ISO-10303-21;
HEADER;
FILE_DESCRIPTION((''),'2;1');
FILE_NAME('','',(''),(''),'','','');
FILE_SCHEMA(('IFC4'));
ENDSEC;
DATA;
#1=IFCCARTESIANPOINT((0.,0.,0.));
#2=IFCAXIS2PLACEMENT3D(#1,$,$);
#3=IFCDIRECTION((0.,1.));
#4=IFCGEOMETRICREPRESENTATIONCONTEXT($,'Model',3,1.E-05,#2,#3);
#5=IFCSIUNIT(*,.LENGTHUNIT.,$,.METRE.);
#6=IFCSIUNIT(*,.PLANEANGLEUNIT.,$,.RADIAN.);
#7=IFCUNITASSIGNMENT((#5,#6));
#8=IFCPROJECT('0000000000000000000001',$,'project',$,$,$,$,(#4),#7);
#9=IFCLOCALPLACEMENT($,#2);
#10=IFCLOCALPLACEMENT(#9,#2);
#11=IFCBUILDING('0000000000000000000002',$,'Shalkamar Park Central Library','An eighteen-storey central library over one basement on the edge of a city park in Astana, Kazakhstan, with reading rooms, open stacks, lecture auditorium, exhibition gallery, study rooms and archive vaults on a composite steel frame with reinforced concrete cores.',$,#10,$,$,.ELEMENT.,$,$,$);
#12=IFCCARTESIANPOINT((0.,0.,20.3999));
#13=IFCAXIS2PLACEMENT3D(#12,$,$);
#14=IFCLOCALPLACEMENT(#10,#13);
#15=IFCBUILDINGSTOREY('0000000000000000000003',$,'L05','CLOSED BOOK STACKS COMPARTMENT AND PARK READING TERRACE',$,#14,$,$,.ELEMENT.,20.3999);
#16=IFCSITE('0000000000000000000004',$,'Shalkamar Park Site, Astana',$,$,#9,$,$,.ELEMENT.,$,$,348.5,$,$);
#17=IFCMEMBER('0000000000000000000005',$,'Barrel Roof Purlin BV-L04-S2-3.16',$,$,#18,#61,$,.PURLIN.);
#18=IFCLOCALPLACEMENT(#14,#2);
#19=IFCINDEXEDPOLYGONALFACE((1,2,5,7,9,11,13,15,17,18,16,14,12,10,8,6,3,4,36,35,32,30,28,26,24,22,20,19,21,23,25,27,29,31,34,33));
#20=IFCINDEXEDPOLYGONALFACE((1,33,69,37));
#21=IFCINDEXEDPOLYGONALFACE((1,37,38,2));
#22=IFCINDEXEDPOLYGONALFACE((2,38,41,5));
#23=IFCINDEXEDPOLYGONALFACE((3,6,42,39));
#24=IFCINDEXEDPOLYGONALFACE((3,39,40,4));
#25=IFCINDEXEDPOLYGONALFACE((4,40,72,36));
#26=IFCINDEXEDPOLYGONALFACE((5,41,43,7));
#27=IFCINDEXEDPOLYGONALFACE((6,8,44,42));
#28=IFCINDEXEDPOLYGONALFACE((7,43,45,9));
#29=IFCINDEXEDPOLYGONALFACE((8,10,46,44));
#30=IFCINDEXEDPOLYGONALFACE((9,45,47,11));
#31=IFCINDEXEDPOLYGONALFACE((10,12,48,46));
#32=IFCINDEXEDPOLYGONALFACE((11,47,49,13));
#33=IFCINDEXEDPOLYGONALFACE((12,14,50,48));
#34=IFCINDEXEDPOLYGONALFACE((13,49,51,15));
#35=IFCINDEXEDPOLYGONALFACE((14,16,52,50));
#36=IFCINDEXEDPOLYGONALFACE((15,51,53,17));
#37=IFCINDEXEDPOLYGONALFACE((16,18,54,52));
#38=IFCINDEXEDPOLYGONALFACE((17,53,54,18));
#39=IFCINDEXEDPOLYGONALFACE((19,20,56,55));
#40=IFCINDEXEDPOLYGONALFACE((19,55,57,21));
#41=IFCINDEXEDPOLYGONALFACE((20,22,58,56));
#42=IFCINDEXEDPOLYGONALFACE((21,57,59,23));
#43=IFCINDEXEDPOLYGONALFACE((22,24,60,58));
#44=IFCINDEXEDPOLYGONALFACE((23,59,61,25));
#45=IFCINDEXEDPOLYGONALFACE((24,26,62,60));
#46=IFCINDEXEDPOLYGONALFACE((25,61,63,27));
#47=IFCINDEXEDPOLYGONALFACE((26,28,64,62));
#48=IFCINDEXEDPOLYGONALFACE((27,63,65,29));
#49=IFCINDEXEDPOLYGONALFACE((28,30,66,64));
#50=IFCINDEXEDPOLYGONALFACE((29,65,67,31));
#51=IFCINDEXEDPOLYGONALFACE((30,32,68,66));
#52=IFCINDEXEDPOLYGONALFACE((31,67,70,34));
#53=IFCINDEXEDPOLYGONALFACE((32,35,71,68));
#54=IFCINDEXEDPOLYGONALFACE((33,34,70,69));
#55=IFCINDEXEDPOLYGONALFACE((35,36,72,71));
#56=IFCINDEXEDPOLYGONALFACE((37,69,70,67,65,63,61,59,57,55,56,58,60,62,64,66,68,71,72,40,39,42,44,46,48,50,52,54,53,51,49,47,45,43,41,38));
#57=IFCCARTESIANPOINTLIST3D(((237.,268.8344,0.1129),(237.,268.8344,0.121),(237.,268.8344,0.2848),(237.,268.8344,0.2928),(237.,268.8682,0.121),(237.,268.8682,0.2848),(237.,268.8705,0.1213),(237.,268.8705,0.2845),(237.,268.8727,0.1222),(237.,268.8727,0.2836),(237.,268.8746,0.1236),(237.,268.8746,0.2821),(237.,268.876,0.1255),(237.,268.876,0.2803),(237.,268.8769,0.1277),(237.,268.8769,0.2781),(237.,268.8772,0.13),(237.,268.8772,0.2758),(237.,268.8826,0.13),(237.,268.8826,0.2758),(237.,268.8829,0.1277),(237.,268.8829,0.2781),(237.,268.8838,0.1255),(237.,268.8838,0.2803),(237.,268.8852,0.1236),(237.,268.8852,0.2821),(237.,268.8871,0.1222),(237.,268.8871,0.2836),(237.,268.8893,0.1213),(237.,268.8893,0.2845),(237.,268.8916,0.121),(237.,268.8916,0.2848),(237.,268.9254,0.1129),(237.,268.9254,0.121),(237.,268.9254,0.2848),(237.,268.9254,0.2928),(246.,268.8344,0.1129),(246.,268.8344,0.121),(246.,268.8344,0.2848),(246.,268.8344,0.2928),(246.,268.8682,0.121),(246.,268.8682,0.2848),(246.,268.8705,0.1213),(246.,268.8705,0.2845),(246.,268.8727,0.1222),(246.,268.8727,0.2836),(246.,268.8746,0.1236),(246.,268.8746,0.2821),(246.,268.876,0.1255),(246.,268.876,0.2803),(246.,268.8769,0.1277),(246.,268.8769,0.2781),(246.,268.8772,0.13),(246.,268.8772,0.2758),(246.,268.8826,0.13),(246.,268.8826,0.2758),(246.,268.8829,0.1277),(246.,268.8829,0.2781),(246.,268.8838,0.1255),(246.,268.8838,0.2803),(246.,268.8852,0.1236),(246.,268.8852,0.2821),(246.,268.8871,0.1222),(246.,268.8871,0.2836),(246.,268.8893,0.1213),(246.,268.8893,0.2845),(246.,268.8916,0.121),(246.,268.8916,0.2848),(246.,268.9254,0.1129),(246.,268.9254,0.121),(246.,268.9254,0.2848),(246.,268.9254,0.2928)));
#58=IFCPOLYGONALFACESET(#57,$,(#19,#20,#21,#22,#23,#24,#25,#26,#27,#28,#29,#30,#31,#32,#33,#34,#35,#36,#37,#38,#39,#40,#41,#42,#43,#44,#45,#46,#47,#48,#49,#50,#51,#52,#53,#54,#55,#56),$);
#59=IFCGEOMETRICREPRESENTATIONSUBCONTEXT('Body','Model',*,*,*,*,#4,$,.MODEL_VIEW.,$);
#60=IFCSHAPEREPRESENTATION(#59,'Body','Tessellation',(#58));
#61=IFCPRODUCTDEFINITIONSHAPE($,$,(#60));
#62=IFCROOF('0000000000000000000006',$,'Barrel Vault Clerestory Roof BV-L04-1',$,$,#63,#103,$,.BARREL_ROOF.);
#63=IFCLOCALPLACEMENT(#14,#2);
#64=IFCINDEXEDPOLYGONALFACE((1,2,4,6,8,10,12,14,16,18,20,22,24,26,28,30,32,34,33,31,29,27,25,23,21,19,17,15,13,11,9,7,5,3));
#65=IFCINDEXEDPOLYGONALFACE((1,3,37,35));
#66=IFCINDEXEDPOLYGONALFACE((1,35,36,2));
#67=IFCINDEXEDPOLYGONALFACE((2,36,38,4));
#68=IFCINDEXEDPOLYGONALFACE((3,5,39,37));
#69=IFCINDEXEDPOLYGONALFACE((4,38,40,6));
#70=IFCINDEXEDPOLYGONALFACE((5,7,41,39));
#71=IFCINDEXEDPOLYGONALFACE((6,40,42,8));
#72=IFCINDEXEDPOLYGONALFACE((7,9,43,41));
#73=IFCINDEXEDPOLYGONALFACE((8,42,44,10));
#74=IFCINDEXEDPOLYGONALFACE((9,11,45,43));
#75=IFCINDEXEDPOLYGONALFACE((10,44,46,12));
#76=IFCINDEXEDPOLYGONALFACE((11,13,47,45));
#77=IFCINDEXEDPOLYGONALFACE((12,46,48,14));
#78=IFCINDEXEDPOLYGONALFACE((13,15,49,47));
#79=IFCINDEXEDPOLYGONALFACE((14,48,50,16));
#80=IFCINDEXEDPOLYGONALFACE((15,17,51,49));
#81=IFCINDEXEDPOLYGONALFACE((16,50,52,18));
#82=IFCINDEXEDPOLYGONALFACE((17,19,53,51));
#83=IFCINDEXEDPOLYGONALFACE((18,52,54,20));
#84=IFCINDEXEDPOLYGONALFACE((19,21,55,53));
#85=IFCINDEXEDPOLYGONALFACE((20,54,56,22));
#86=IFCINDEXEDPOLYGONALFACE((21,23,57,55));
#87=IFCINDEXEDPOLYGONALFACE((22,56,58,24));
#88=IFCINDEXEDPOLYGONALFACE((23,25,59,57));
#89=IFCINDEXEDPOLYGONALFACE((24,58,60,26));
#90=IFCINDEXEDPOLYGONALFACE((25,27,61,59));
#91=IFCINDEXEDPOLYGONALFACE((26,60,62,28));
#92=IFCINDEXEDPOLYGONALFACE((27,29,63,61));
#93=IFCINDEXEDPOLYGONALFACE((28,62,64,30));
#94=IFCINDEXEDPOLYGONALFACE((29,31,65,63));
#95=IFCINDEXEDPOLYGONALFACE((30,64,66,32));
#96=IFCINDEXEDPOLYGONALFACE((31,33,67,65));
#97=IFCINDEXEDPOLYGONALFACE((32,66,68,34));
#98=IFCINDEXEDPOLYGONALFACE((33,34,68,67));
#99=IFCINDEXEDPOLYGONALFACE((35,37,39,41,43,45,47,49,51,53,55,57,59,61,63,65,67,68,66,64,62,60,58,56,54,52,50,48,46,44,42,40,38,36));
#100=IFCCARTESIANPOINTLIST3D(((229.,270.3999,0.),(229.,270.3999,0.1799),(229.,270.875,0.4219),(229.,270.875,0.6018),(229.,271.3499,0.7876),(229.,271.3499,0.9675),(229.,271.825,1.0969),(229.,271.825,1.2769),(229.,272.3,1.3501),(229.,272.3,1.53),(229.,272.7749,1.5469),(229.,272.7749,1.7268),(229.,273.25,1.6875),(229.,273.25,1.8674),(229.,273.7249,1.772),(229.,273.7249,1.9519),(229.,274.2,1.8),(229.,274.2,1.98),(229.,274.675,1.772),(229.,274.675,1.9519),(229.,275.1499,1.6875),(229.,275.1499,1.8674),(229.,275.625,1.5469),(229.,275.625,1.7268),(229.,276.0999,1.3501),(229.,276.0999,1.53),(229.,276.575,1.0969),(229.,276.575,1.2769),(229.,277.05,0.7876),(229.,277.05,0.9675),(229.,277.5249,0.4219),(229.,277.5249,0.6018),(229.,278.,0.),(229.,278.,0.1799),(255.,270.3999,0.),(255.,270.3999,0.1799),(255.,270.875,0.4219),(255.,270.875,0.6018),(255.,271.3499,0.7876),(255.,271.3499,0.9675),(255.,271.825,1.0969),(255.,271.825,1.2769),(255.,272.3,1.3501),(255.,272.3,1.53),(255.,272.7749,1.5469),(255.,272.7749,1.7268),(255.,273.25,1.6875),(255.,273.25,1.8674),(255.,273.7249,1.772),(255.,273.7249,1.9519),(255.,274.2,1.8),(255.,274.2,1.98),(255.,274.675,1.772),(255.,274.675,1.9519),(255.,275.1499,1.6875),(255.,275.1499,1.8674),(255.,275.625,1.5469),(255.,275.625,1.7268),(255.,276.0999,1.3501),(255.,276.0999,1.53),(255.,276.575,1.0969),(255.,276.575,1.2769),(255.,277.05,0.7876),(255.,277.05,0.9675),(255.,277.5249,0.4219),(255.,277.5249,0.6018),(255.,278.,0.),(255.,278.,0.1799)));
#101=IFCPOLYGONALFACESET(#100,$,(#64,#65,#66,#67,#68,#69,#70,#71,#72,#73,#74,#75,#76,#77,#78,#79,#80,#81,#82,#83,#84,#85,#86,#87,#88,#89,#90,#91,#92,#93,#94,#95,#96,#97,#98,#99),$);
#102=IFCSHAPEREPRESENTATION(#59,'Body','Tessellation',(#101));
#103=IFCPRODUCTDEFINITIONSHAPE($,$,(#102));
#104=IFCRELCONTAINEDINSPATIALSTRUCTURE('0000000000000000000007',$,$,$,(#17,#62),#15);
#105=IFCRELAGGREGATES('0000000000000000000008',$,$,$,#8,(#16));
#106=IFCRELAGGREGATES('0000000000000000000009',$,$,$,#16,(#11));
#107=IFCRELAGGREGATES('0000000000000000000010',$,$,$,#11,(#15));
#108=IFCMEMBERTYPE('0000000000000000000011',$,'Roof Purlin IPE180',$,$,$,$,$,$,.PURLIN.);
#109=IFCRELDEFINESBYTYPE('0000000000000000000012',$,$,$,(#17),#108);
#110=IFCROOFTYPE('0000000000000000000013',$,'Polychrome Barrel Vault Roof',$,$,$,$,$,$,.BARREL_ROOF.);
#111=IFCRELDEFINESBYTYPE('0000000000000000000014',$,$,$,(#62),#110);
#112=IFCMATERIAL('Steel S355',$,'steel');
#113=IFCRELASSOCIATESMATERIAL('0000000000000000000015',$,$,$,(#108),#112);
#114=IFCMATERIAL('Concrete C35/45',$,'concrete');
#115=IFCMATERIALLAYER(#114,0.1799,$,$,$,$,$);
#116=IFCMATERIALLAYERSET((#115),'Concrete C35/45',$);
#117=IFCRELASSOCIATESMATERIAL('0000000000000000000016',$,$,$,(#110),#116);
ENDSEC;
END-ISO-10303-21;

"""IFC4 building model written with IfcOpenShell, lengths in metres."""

from ifc_helpers import new_model, si_unit, direction, frame, origin, origin_2d, place, context, subcontext, project, spatial, polyline, i_section, outline, extrude, material, layer, layer_set, material_profile, profile_set, type_object, element, save


model = new_model("IFC4")

# Units and contexts
model_context = context("Model", 3, precision=1e-05, world=origin(), true_north=direction((0.0, 1.0)))
body_context = subcontext(model_context, "Body", "Model", "MODEL_VIEW")
ifc_project = project(units=[si_unit("LENGTHUNIT", "METRE"), si_unit("PLANEANGLEUNIT", "RADIAN")], contexts=[model_context])

# Site, building, storey
site_placement = place(None, origin())
site = spatial("IfcSite", under=ifc_project, at=site_placement, Name="Shalkamar Park Site, Astana", CompositionType="ELEMENT", RefElevation=348.5)
building_placement = place(site_placement, origin())
building = spatial("IfcBuilding", under=site, at=building_placement, Name="Shalkamar Park Central Library", Description="An eighteen-storey central library over one basement on the edge of a city park in Astana, Kazakhstan, with reading rooms, open stacks, lecture auditorium, exhibition gallery, study rooms and archive vaults on a composite steel frame with reinforced concrete cores.", CompositionType="ELEMENT")
storey_placement = place(building_placement, frame((0.0, 0.0, 20.3999)))
storey = spatial("IfcBuildingStorey", under=building, at=storey_placement, Name="L05", Description="CLOSED BOOK STACKS COMPARTMENT AND PARK READING TERRACE", CompositionType="ELEMENT", Elevation=20.3999)

# Member
ifc_material_1 = material(Name="Steel S355", Category="steel")
ifc_material_profile_1 = material_profile(ifc_material_1, i_section(OverallWidth=0.0911, OverallDepth=0.1799, WebThickness=0.0054, FlangeThickness=0.0081, FilletRadius=0.009, at=origin_2d()), Name="IPE 180")
ifc_profile_set_1 = profile_set([ifc_material_profile_1], Name="Steel S355")
member_type_1 = type_object("IfcMemberType", Name="Roof Purlin IPE180", PredefinedType="PURLIN", material=ifc_profile_set_1)
for number, where, z_axis, x_axis, name in (
    (1, (237.0, 268.8799, 0.2029), (1.0, 0.0, 0.0), (0.0, 1.0, 0.0), "Barrel Roof Purlin BV-L04-S2-3.16"),
):
    element("IfcMember", number, at=place(storey_placement, frame(where, z_axis=z_axis, x_axis=x_axis)), inside=storey, type_object=member_type_1, Name=name, PredefinedType="PURLIN", context=body_context, shape_type="SweptSolid", body=[
        extrude(i_section(OverallWidth=0.0911, OverallDepth=0.1799, WebThickness=0.0054, FlangeThickness=0.0081, FilletRadius=0.009, at=origin_2d()), origin(), (0.0, 0.0, 1.0), 9.0),
    ])

# Roof
ifc_material_2 = material(Name="Concrete C35/45", Category="concrete")
ifc_layer = layer(ifc_material_2, 0.1799)
ifc_layer_set = layer_set([ifc_layer], Name="Concrete C35/45")
roof_type = type_object("IfcRoofType", Name="Polychrome Barrel Vault Roof", PredefinedType="BARREL_ROOF", material=ifc_layer_set)
roof_placement = place(storey_placement, frame((229.0, 274.2, 0.0), z_axis=(0.0, 0.0, 1.0), x_axis=(1.0, 0.0, 0.0)))
element("IfcRoof", 2, at=roof_placement, inside=storey, type_object=roof_type, Name="Barrel Vault Clerestory Roof BV-L04-1", PredefinedType="BARREL_ROOF", context=body_context, shape_type="SweptSolid", body=[
    extrude(outline(polyline([(-3.8, 0.1799), (-3.325, 0.6018), (-2.8501, 0.9675), (-2.375, 1.2769), (-1.8999, 1.53), (-1.425, 1.7268), (-0.95, 1.8674), (-0.4751, 1.9519), (0.0, 1.98), (0.4751, 1.9519), (0.95, 1.8674), (1.425, 1.7268), (1.8999, 1.53), (2.375, 1.2769), (2.8501, 0.9675), (3.325, 0.6018), (3.8, 0.1799), (3.8, 0.0), (3.325, 0.4219), (2.8501, 0.7876), (2.375, 1.0969), (1.8999, 1.3501), (1.425, 1.5469), (0.95, 1.6875), (0.4751, 1.772), (0.0, 1.8), (-0.4751, 1.772), (-0.95, 1.6875), (-1.425, 1.5469), (-1.8999, 1.3501), (-2.375, 1.0969), (-2.8501, 0.7876), (-3.325, 0.4219), (-3.8, 0.0), (-3.8, 0.1799)])), frame((0.0, 0.0, 0.0), z_axis=(1.0, 0.0, 0.0), x_axis=(0.0, 1.0, 0.0)), (0.0, 0.0, 1.0), 26.0),
])

save(model, "model.ifc")
